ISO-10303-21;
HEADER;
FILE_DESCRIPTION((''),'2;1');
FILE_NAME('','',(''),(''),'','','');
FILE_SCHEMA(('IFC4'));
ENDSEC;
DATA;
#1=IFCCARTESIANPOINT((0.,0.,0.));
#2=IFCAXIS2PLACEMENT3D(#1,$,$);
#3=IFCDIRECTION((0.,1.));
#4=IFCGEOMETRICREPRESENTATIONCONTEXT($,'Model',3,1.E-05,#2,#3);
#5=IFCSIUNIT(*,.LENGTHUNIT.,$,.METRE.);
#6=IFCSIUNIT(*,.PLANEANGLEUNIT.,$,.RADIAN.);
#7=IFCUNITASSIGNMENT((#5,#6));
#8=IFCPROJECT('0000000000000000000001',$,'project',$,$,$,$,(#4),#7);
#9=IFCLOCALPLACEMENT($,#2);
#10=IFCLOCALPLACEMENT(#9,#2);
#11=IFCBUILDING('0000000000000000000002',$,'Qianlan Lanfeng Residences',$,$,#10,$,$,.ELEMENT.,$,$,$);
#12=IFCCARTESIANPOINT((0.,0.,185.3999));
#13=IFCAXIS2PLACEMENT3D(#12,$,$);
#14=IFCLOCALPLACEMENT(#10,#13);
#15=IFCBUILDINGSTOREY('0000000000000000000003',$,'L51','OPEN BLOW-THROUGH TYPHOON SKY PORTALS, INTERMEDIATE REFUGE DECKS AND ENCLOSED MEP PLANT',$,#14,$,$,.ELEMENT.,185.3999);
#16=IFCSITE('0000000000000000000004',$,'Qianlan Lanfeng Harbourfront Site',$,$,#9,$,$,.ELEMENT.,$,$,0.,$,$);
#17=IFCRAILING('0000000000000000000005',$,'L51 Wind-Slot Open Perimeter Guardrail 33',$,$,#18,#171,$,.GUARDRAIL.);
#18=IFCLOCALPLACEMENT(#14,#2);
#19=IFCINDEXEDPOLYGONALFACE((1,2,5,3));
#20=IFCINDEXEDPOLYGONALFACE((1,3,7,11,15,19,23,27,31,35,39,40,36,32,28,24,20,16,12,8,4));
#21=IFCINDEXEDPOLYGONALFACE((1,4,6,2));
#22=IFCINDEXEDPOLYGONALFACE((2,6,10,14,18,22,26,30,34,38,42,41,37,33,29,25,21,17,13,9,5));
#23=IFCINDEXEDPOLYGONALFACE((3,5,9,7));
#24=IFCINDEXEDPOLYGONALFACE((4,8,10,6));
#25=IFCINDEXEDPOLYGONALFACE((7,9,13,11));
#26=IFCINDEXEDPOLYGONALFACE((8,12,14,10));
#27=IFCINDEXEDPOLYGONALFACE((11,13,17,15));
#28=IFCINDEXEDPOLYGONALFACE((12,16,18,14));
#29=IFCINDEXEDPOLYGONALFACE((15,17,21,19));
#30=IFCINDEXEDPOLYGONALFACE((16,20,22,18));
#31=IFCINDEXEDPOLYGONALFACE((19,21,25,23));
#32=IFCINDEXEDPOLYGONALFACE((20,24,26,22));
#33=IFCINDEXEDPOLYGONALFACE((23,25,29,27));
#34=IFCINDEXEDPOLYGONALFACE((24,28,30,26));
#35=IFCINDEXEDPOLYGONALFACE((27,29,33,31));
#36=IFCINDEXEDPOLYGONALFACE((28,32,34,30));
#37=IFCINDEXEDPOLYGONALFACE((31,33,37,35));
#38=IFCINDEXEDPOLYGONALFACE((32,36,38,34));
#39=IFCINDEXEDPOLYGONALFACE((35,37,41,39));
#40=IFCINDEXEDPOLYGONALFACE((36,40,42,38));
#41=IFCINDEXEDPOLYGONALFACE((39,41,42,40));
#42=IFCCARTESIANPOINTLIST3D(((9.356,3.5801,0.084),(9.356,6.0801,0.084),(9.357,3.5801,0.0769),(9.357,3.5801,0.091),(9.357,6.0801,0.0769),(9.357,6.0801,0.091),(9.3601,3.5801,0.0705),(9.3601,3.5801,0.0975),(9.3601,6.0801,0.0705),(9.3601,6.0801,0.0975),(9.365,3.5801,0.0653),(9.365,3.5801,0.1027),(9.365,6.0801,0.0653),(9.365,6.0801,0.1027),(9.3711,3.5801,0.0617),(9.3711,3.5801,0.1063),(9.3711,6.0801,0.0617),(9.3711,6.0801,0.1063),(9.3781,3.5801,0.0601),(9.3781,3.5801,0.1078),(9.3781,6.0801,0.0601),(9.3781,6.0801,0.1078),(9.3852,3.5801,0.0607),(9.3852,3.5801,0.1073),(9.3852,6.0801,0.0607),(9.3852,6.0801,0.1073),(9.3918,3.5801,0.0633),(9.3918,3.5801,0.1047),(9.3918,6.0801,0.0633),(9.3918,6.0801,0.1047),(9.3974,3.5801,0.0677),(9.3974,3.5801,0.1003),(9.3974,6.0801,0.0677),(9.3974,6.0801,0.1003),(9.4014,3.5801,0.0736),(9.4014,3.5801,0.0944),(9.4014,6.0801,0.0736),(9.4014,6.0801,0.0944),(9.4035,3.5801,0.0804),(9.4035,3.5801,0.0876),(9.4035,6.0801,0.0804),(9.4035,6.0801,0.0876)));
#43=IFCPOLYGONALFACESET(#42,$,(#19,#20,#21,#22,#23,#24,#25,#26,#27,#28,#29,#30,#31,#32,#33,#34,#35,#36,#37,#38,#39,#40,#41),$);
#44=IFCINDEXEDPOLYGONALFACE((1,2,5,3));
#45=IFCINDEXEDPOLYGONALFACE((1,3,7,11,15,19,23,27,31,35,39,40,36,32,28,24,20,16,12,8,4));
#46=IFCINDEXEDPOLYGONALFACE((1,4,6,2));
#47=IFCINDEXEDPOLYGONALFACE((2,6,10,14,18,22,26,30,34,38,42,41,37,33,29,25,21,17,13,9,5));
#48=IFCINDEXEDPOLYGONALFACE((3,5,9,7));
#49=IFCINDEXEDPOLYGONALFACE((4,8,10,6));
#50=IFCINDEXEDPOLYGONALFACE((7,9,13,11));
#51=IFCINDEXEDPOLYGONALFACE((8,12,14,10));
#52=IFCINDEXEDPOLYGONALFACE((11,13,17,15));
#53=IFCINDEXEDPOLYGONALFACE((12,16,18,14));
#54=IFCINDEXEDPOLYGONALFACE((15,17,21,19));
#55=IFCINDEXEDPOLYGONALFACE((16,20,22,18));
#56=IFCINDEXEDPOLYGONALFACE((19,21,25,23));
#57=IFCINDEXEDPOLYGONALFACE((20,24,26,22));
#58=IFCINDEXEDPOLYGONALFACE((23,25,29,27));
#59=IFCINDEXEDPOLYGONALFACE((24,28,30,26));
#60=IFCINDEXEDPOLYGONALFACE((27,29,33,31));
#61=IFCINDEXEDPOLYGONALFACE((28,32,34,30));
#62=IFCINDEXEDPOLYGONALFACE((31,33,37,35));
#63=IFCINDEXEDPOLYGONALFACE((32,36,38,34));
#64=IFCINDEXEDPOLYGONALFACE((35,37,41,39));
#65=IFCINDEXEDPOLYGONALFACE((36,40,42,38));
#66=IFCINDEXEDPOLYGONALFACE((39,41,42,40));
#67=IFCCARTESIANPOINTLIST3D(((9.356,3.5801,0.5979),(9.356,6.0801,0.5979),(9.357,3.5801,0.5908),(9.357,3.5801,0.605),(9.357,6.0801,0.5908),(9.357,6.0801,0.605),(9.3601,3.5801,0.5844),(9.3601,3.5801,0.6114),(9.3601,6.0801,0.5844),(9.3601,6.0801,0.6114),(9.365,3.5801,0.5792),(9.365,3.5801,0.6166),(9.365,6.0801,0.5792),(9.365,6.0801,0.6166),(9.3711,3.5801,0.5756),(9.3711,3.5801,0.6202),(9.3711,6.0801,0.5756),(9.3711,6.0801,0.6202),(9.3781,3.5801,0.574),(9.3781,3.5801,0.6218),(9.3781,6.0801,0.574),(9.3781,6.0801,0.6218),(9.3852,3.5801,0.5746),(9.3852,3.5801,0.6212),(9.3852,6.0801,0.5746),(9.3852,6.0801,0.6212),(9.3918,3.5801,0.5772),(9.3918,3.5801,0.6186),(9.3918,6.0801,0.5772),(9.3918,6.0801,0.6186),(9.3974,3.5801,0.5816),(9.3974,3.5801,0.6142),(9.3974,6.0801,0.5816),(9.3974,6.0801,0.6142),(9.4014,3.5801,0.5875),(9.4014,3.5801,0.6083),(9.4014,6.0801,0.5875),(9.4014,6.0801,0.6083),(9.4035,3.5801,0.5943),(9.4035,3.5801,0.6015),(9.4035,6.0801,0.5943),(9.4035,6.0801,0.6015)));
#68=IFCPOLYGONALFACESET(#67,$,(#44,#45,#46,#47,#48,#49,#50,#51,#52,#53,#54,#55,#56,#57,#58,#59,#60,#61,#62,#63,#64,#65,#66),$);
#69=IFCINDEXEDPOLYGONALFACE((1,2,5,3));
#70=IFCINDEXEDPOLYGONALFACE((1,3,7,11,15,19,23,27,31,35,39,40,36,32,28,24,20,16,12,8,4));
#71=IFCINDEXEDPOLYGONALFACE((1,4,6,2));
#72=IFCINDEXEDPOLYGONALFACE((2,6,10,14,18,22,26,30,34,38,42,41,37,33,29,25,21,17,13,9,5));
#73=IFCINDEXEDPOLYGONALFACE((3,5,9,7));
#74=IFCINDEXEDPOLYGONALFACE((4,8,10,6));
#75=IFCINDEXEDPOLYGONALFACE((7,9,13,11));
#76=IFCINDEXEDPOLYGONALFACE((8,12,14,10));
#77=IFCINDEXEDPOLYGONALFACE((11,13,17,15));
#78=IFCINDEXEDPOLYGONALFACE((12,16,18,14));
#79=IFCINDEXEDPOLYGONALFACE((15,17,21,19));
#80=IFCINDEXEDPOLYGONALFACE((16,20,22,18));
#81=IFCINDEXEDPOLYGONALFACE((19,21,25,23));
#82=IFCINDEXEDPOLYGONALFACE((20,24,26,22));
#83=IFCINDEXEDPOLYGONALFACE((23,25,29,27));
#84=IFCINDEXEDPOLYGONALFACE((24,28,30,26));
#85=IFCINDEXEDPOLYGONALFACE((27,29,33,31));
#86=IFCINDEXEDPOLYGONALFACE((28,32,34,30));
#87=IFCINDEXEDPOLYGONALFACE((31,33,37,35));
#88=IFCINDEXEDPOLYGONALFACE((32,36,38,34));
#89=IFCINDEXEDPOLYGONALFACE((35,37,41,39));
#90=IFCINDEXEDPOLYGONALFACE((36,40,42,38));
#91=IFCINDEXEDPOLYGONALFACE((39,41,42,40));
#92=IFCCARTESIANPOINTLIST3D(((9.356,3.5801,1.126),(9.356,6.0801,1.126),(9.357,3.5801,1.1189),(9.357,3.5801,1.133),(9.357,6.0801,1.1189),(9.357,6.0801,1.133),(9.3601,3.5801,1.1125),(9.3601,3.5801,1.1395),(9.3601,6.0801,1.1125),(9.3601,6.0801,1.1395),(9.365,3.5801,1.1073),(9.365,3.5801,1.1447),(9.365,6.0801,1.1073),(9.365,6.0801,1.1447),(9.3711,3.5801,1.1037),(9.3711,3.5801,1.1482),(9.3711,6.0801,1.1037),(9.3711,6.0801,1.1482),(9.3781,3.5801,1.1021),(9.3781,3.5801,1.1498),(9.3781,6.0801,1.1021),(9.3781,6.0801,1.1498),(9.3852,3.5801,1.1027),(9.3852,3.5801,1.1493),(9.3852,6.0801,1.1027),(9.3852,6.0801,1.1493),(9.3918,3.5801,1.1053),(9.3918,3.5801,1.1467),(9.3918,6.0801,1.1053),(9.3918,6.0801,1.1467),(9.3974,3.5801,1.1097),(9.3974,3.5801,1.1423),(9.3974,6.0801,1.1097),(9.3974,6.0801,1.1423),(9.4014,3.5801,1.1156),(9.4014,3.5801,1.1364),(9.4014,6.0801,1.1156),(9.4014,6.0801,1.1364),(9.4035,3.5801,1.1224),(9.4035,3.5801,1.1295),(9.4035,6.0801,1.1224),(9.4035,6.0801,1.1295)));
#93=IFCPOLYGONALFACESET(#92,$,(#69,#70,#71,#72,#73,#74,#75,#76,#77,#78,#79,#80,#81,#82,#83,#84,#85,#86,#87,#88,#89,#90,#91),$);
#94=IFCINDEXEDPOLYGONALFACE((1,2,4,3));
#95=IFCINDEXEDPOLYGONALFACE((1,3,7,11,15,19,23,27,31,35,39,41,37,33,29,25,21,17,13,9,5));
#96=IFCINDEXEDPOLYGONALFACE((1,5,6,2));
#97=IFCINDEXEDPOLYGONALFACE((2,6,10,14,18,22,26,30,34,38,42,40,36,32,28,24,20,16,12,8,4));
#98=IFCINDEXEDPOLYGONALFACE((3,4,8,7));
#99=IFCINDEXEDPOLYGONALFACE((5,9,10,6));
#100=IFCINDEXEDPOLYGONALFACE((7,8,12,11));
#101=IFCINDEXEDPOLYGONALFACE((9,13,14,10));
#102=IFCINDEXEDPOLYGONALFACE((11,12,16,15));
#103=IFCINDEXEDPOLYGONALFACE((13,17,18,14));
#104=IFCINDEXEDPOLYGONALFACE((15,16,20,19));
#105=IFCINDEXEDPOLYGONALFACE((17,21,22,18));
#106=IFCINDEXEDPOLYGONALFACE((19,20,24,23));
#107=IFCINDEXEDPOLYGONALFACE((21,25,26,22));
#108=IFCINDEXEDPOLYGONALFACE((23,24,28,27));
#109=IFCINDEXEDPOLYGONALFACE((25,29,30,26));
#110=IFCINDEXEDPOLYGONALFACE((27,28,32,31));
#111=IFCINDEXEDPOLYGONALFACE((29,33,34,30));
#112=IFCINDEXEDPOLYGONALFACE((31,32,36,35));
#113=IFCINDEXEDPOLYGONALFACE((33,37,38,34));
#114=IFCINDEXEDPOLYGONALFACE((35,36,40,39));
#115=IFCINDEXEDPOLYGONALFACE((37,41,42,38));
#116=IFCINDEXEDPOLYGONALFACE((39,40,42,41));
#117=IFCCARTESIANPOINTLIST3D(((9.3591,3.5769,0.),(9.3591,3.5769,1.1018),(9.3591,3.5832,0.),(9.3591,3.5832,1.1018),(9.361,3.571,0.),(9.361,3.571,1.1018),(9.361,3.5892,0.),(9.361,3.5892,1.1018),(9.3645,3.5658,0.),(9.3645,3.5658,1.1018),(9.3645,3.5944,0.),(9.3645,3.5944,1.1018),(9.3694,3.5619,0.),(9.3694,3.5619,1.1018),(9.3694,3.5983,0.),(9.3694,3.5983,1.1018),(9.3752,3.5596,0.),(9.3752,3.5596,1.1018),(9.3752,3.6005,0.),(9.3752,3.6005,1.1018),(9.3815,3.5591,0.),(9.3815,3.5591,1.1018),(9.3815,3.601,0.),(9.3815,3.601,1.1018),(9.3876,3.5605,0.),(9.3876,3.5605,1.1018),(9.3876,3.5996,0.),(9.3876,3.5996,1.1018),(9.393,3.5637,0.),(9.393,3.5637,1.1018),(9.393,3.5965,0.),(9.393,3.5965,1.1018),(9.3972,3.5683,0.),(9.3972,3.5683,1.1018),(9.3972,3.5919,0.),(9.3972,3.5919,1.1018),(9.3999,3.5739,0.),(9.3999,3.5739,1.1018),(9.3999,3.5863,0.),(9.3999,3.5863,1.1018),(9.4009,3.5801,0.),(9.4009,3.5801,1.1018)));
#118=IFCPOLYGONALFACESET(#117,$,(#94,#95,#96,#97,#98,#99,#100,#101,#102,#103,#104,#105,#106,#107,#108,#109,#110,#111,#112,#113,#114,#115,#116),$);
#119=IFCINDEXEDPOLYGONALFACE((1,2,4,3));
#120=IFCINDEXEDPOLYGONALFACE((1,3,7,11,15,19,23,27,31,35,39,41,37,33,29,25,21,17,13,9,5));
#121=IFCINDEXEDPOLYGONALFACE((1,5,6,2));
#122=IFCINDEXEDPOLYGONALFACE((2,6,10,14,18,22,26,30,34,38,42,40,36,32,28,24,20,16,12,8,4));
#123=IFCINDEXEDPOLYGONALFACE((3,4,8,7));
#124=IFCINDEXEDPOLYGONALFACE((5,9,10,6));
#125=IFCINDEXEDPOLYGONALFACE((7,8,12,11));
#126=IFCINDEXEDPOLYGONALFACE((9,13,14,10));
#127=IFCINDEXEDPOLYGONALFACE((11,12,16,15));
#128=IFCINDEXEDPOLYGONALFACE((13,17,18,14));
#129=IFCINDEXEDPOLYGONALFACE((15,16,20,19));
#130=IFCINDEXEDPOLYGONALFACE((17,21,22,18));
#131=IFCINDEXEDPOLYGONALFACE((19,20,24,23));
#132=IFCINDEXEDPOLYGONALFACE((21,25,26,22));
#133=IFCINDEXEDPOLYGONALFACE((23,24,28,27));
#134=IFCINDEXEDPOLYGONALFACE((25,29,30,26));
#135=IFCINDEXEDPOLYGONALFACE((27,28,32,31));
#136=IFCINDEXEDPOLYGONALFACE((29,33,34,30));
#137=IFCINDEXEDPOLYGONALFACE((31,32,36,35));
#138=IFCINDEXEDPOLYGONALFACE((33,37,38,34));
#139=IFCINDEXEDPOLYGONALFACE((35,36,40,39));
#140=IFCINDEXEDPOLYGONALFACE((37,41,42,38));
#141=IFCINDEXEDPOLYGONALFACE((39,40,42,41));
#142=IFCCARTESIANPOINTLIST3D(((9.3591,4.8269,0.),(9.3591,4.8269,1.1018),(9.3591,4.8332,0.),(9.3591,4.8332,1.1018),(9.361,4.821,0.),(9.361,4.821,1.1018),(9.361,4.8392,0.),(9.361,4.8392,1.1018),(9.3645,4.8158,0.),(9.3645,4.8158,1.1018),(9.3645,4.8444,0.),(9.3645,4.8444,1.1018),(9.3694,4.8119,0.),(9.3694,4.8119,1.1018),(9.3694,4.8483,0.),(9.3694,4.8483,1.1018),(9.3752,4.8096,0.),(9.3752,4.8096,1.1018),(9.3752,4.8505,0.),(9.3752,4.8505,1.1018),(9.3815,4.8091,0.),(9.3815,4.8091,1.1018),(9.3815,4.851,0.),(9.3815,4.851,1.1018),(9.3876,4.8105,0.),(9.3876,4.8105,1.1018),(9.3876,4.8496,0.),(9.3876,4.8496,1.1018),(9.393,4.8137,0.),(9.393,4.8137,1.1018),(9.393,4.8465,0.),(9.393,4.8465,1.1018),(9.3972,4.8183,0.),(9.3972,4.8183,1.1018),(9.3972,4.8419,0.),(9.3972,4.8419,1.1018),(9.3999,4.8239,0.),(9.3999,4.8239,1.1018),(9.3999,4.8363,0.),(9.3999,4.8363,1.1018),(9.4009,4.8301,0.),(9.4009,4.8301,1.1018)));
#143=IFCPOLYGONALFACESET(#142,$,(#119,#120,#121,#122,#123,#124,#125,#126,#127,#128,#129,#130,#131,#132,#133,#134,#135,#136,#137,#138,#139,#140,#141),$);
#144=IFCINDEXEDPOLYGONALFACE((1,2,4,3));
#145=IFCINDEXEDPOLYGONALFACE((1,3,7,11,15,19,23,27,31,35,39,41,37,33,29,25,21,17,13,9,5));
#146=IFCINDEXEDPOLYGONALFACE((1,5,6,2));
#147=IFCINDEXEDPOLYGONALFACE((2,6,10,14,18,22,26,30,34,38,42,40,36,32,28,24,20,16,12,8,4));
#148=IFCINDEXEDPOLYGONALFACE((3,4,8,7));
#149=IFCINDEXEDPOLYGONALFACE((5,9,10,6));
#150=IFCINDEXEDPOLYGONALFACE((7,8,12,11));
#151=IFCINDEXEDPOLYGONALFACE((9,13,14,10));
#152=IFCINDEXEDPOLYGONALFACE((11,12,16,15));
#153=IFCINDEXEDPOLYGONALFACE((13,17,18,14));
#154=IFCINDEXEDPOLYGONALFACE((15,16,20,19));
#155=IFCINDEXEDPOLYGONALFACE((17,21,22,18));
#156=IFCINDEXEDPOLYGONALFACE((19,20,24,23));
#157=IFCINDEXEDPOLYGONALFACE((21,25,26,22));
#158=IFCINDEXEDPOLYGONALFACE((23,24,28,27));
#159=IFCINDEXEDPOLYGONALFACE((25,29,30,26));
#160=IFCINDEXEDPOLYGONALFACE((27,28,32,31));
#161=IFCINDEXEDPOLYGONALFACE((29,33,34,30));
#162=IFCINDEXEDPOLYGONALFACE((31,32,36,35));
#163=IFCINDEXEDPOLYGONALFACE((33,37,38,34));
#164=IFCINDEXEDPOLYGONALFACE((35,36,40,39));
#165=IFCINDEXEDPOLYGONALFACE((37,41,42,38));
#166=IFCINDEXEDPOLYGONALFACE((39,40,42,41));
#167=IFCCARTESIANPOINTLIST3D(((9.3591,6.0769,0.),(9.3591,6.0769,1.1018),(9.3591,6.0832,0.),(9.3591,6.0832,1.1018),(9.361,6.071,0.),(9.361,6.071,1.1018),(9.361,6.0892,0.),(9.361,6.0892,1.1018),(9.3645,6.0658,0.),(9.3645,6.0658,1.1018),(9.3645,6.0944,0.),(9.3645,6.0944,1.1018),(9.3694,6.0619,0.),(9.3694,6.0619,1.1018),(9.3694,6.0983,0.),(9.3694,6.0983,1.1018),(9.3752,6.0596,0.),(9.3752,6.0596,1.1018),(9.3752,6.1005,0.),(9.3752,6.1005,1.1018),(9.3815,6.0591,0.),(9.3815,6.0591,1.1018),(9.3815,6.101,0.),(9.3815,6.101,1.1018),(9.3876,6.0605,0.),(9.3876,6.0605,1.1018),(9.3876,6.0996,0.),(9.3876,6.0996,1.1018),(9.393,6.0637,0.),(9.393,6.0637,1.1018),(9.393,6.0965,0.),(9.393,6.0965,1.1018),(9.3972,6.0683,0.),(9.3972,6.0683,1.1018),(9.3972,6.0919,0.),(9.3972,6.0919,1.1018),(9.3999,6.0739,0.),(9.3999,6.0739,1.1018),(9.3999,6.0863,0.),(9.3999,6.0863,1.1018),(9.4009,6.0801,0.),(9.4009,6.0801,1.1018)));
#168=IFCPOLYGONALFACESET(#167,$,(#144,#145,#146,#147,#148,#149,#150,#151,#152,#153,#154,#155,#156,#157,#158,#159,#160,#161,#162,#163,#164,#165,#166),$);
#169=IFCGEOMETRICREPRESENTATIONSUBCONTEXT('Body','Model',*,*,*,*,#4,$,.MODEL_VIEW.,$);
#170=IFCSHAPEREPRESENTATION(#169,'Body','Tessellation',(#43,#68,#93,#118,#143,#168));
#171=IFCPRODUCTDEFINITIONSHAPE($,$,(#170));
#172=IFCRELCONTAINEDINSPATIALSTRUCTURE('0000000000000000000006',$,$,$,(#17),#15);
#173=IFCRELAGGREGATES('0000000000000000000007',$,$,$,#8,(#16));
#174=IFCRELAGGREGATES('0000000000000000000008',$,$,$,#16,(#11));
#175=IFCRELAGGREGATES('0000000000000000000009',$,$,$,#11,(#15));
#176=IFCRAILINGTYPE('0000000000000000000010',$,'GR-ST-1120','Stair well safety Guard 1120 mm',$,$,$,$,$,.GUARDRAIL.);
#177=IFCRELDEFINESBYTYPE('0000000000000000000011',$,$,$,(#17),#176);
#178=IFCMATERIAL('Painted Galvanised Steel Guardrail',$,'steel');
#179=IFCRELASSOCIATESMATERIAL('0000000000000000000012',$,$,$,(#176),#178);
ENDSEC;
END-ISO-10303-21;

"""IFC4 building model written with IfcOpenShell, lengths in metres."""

from ifc_helpers import new_model, si_unit, direction, frame, origin, origin_2d, place, context, subcontext, project, spatial, circle, extrude, material, type_object, element, save


model = new_model("IFC4")

# Units and contexts
model_context = context("Model", 3, precision=1e-05, world=origin(), true_north=direction((0.0, 1.0)))
body_context = subcontext(model_context, "Body", "Model", "MODEL_VIEW")
ifc_project = project(units=[si_unit("LENGTHUNIT", "METRE"), si_unit("PLANEANGLEUNIT", "RADIAN")], contexts=[model_context])

# Site, building, storey
site_placement = place(None, origin())
site = spatial("IfcSite", under=ifc_project, at=site_placement, Name="Qianlan Lanfeng Harbourfront Site", CompositionType="ELEMENT", RefElevation=0.0)
building_placement = place(site_placement, origin())
building = spatial("IfcBuilding", under=site, at=building_placement, Name="Qianlan Lanfeng Residences", CompositionType="ELEMENT")
storey_placement = place(building_placement, frame((0.0, 0.0, 185.3999)))
storey = spatial("IfcBuildingStorey", under=building, at=storey_placement, Name="L51", Description="OPEN BLOW-THROUGH TYPHOON SKY PORTALS, INTERMEDIATE REFUGE DECKS AND ENCLOSED MEP PLANT", CompositionType="ELEMENT", Elevation=185.3999)

# Railing
ifc_material_1 = material(Name="Painted Galvanised Steel Guardrail", Category="steel")
railing_type = type_object("IfcRailingType", Name="GR-ST-1120", Description="Stair well safety Guard 1120 mm", PredefinedType="GUARDRAIL", material=ifc_material_1)
railing_1_placement = place(storey_placement, frame((9.3799, 3.5801, 0.0)))
element("IfcRailing", 1, at=railing_1_placement, inside=storey, type_object=railing_type, Name="L51 Wind-Slot Open Perimeter Guardrail 33", PredefinedType="GUARDRAIL", context=body_context, shape_type="SweptSolid", body=[
    extrude(circle(Radius=0.0239, at=origin_2d()), frame((0.0, 0.0, 0.084), z_axis=(0.0, 1.0, 0.0), x_axis=(-1.0, 0.0, 0.0)), (0.0, 0.0, 1.0), 2.5),
    extrude(circle(Radius=0.0239, at=origin_2d()), frame((0.0, 0.0, 0.5979), z_axis=(0.0, 1.0, 0.0), x_axis=(-1.0, 0.0, 0.0)), (0.0, 0.0, 1.0), 2.5),
    extrude(circle(Radius=0.0239, at=origin_2d()), frame((0.0, 0.0, 1.126), z_axis=(0.0, 1.0, 0.0), x_axis=(-1.0, 0.0, 0.0)), (0.0, 0.0, 1.0), 2.5),
    extrude(circle(Radius=0.021, at=origin_2d()), origin(), (0.0, 0.0, 1.0), 1.1018),
    extrude(circle(Radius=0.021, at=origin_2d()), frame((0.0, 1.25, 0.0)), (0.0, 0.0, 1.0), 1.1018),
    extrude(circle(Radius=0.021, at=origin_2d()), frame((0.0, 2.5, 0.0)), (0.0, 0.0, 1.0), 1.1018),
])

save(model, "model.ifc")
